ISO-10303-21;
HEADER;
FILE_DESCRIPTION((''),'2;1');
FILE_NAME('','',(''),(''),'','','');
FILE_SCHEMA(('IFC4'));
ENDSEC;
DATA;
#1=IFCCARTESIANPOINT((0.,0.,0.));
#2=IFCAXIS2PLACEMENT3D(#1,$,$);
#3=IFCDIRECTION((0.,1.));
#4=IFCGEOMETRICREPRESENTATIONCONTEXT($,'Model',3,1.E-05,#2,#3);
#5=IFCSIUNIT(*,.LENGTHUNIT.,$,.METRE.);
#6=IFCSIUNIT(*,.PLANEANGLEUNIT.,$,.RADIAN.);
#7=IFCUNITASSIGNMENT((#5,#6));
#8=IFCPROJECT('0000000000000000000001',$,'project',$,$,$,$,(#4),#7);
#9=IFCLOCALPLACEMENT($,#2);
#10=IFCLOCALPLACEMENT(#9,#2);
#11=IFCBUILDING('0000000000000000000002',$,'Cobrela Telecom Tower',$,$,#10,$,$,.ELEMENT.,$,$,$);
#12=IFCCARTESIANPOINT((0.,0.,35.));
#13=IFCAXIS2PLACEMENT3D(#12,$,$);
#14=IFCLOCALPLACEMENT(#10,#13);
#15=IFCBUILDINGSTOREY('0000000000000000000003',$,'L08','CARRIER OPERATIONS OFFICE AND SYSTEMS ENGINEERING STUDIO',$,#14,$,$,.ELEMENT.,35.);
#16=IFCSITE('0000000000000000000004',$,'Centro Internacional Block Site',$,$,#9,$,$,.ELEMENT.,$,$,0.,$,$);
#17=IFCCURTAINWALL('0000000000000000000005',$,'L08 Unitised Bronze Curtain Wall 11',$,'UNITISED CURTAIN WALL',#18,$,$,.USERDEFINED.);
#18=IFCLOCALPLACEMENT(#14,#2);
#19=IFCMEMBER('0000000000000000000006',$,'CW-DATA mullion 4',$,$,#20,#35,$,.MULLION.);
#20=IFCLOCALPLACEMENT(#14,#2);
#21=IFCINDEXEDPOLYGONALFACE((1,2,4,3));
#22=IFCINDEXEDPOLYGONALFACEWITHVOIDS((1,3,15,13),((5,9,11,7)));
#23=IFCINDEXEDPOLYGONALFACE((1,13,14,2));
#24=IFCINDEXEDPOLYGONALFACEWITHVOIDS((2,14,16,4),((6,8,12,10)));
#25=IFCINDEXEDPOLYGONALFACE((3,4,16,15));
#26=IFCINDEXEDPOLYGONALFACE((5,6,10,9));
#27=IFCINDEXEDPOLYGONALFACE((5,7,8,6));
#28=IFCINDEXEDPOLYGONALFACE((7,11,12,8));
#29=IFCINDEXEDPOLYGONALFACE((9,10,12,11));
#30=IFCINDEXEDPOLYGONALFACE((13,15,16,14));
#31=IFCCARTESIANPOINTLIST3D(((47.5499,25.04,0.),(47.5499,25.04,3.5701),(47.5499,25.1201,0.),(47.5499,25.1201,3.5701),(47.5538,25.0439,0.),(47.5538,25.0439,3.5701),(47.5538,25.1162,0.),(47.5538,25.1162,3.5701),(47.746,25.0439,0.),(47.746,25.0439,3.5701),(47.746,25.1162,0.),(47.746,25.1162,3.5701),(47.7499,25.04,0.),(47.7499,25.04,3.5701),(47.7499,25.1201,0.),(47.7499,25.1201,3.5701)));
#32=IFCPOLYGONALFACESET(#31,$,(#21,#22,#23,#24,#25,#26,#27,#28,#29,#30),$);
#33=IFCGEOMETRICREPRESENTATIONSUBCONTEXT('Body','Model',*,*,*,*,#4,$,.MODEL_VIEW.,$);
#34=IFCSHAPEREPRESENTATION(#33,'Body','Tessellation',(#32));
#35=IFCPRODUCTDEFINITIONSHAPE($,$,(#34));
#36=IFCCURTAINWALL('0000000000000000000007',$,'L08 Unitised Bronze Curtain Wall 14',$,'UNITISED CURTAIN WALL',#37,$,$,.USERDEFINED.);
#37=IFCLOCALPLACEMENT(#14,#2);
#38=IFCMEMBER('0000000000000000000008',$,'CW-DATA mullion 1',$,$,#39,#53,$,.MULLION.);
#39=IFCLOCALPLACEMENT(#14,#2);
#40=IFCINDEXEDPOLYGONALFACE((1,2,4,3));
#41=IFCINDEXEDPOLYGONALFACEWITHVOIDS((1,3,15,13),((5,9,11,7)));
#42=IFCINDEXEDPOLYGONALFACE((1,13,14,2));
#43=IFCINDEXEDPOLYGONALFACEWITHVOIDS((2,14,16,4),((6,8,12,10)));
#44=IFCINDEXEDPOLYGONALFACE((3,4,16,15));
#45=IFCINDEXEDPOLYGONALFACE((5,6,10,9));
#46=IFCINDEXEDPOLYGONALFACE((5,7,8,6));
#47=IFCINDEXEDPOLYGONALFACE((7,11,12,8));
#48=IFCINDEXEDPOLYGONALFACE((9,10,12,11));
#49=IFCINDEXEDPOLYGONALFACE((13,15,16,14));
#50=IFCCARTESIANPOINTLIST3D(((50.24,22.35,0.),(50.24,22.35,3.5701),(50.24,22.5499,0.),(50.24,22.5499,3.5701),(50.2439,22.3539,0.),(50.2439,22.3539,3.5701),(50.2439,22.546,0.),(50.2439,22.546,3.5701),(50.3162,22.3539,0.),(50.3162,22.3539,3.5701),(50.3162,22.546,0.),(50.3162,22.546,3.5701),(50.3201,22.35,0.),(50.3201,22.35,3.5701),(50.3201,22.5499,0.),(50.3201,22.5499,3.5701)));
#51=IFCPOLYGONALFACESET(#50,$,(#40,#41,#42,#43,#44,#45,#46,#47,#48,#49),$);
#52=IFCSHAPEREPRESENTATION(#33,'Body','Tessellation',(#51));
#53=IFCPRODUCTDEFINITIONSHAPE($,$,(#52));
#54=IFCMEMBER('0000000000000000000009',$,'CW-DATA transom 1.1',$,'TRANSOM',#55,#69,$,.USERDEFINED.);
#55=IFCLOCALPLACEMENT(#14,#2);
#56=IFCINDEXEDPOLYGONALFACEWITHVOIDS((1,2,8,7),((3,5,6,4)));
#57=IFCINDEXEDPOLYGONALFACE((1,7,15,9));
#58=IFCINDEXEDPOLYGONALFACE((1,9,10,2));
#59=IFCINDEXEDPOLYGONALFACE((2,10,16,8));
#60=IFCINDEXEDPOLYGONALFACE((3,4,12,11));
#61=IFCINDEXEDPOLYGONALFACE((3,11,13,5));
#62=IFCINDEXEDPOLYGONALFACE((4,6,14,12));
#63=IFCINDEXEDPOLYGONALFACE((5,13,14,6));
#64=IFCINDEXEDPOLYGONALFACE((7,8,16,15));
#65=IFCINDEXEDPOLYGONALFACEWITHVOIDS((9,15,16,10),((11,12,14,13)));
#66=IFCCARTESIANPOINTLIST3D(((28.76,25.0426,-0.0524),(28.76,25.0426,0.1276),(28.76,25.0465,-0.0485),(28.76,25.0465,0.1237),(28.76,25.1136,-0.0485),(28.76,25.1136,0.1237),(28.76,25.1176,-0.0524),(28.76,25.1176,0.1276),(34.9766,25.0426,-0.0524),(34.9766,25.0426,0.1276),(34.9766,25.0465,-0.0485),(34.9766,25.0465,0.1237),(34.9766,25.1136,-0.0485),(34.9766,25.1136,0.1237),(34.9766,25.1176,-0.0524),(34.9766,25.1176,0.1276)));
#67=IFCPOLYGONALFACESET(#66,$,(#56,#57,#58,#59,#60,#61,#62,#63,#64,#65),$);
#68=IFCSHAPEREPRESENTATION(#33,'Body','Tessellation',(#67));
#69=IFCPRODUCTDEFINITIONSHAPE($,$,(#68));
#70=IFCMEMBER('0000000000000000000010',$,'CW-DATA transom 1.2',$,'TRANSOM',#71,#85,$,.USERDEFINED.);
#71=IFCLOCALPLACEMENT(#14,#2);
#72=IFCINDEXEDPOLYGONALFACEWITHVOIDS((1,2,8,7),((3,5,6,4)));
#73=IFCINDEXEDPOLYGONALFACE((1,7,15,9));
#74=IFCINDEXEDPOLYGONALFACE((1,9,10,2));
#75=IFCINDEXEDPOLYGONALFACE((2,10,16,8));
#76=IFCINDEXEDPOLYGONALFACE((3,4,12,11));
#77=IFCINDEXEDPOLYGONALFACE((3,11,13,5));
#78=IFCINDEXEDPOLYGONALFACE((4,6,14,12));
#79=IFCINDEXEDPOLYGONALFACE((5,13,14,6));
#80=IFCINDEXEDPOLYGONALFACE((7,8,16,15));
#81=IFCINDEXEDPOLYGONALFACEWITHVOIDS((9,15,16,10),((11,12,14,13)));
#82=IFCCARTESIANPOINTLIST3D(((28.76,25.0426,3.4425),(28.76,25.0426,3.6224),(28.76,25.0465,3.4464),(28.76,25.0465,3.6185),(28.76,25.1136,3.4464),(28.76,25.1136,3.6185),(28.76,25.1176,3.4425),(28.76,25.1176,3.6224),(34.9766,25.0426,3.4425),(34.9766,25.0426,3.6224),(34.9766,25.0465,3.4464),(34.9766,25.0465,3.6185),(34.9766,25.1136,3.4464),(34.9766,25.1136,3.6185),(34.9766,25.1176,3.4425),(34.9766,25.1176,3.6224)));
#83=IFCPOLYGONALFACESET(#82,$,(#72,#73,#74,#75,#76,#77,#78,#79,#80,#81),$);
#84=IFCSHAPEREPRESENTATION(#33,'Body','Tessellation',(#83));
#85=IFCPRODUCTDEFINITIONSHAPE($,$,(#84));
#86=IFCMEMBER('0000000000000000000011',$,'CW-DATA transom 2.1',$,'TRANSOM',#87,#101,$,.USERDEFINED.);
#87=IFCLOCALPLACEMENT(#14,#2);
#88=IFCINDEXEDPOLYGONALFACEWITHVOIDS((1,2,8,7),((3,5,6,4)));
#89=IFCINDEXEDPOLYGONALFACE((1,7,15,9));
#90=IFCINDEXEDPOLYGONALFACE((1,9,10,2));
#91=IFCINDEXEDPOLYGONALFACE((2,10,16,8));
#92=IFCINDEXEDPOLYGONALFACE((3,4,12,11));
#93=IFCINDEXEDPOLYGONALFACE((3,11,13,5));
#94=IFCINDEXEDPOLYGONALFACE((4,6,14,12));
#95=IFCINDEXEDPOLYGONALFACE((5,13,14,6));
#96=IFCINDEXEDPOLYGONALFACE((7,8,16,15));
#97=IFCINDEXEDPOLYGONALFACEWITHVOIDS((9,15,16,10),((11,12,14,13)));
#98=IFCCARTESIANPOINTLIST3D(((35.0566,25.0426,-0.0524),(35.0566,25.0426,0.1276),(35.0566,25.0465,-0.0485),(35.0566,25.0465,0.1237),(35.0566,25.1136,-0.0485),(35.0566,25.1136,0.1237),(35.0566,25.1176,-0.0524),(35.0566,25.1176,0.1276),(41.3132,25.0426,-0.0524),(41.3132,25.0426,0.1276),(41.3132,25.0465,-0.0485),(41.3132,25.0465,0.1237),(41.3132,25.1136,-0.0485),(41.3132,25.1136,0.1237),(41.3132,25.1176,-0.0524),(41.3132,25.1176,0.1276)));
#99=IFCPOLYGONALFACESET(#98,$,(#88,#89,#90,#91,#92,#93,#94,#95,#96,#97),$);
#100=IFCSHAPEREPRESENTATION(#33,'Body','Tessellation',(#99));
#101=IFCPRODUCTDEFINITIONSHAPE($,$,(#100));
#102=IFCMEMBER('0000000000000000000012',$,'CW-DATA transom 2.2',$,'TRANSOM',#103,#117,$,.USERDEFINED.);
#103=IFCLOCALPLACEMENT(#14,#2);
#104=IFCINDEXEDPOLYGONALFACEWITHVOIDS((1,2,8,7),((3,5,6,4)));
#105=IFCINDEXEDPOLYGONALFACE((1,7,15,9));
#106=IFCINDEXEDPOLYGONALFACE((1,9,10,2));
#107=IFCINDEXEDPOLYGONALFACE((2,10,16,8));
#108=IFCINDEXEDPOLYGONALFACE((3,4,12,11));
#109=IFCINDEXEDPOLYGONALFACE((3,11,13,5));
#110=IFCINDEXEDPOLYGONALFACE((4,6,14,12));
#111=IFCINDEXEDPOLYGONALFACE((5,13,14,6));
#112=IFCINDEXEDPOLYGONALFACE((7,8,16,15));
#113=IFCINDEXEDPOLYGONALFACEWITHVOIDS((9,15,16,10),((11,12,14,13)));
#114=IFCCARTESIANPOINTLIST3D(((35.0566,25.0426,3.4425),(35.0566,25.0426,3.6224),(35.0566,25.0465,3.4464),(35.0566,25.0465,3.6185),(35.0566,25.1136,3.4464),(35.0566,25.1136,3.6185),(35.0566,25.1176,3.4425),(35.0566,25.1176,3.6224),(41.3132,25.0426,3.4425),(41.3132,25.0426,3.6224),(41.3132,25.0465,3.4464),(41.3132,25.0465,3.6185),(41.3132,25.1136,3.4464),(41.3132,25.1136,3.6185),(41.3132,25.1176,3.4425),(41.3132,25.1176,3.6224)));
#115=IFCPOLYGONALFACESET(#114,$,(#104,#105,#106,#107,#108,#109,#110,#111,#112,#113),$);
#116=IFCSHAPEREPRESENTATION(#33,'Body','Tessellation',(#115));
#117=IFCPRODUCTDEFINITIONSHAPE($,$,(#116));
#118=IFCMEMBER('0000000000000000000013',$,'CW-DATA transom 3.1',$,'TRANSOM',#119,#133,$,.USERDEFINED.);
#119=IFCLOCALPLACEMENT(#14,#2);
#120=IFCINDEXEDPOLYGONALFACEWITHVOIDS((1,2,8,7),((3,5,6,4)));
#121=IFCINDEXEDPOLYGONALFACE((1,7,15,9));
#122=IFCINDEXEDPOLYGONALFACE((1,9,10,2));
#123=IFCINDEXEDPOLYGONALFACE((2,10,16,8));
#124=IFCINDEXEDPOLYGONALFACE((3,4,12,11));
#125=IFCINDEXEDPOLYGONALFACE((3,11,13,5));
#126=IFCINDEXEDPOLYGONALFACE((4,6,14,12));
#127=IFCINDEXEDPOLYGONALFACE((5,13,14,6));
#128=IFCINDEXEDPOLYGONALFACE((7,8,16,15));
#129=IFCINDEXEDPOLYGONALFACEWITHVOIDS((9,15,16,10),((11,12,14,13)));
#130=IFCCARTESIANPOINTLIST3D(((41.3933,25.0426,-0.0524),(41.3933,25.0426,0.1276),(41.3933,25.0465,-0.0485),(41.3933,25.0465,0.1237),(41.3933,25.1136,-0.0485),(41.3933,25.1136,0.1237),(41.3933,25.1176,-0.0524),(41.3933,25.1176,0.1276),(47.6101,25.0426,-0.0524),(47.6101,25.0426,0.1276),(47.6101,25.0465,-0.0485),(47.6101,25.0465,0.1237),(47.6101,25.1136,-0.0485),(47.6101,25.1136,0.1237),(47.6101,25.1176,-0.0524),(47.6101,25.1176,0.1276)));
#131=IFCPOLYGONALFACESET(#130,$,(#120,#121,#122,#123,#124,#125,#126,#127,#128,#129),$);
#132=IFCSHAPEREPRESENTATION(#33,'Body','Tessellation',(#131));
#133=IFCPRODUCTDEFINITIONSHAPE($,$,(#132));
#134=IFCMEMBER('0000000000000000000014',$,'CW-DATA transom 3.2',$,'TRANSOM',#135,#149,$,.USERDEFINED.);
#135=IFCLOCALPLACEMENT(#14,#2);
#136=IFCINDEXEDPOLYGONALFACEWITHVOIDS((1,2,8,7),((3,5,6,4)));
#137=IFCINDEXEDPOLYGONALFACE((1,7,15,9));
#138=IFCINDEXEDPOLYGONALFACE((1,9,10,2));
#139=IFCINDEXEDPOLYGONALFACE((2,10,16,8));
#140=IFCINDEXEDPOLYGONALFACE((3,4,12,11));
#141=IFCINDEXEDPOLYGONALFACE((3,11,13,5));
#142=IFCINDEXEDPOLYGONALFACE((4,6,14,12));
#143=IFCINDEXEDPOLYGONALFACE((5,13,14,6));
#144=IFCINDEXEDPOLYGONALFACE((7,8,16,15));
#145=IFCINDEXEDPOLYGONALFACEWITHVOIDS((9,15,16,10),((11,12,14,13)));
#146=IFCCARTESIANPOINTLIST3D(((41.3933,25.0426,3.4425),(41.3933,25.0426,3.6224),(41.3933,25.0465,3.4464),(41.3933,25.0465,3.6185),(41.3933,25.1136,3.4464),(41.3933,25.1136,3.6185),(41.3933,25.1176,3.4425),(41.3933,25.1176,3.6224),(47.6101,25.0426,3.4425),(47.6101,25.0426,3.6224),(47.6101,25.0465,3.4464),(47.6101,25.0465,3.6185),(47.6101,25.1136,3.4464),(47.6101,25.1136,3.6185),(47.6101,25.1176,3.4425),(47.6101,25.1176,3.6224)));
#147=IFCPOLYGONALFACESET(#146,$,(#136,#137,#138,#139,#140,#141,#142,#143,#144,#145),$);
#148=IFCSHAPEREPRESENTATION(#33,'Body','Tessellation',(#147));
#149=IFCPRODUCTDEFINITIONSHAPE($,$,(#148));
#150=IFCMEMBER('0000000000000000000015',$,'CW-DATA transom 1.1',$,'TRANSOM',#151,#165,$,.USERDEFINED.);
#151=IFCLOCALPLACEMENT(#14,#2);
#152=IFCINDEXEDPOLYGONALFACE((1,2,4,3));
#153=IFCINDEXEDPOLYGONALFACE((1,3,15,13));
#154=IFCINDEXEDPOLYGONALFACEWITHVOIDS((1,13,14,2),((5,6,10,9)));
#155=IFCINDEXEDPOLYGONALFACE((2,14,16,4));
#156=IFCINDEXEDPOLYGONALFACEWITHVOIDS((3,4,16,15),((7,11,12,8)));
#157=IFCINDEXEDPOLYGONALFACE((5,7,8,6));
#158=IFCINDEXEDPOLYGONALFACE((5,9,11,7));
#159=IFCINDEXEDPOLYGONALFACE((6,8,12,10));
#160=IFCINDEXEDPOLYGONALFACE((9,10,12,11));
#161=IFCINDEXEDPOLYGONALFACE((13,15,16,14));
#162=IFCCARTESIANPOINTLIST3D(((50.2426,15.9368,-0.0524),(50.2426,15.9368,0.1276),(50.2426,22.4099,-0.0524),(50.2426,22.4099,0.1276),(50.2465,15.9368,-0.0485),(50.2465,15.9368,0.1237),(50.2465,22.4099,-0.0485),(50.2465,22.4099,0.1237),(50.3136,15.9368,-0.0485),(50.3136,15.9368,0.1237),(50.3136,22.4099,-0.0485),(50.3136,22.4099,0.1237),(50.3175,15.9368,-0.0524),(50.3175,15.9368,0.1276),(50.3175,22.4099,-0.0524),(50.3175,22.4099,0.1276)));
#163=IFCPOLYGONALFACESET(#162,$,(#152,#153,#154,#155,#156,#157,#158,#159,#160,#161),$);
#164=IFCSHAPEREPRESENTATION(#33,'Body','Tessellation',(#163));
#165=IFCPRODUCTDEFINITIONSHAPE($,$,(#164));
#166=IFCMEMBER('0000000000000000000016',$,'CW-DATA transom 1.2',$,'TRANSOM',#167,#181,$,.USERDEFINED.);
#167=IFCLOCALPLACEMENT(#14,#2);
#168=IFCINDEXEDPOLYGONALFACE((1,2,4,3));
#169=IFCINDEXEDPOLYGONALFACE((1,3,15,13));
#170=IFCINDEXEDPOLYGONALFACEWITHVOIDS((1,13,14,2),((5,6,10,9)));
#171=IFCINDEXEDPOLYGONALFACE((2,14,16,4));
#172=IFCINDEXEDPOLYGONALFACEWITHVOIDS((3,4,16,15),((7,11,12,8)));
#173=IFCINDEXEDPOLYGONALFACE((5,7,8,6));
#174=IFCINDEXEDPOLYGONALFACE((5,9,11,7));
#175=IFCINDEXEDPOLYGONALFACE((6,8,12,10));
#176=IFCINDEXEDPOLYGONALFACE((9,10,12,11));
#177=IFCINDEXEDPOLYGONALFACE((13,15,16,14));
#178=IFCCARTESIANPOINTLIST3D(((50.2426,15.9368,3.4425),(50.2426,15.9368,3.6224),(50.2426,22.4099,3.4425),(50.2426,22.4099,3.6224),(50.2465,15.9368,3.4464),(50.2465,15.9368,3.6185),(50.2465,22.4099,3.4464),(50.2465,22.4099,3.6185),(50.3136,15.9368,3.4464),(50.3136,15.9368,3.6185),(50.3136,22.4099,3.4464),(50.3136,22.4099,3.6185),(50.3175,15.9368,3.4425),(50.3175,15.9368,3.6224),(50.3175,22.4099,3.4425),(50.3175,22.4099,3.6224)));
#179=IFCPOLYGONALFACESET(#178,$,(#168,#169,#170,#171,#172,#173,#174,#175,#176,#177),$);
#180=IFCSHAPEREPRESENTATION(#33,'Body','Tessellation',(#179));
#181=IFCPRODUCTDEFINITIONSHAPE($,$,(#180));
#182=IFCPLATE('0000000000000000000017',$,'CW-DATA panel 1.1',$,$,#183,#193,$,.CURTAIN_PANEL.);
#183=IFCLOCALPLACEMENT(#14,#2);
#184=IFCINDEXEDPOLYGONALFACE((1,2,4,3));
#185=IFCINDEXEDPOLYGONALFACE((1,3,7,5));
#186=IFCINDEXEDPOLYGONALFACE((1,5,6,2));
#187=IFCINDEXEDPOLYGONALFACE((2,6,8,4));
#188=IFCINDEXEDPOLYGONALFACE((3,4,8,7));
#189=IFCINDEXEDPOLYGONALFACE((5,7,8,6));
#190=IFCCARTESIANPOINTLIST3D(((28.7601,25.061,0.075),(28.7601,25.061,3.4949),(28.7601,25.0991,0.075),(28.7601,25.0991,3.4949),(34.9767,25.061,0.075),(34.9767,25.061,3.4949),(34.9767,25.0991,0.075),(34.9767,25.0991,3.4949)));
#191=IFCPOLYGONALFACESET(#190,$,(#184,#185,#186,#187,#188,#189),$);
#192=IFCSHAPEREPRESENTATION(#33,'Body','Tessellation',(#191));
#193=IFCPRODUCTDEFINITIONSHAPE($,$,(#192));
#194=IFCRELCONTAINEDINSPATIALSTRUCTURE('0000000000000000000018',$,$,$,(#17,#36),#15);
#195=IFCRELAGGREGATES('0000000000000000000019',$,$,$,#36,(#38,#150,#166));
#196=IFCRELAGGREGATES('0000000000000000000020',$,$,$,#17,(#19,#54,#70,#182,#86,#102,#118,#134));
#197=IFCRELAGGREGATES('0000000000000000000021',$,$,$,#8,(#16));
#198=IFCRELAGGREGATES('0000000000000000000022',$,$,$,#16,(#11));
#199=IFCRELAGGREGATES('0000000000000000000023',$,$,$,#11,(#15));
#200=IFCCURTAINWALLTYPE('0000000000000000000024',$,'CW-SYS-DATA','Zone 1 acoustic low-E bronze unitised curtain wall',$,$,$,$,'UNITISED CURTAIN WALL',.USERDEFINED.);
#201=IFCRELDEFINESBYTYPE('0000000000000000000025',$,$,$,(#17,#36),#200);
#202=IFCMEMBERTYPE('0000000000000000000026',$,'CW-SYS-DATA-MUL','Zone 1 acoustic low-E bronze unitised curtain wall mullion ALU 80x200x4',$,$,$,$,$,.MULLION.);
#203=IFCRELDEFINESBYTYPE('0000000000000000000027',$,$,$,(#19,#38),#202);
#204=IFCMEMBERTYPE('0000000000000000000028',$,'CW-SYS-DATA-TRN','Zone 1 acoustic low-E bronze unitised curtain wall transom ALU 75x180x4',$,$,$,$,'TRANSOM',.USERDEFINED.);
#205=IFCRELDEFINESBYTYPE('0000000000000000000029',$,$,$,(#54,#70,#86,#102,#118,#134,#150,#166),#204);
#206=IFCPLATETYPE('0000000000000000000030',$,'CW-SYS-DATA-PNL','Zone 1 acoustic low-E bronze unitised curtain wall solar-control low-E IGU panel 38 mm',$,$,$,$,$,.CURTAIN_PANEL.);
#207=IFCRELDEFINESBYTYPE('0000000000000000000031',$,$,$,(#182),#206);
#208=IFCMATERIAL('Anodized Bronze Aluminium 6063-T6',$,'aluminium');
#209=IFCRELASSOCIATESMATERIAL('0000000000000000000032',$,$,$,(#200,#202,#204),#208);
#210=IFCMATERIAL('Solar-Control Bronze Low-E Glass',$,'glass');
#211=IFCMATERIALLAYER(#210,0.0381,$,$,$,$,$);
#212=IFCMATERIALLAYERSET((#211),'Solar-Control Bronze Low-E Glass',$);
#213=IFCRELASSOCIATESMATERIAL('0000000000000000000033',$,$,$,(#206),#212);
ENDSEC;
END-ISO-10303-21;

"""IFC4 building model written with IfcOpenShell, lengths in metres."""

from ifc_helpers import new_model, si_unit, direction, frame, origin, origin_2d, place, context, subcontext, project, spatial, rectangle, hollow_rectangle, extrude, material, layer, layer_set, material_profile, profile_set, type_object, element, aggregate, save


model = new_model("IFC4")

# Units and contexts
model_context = context("Model", 3, precision=1e-05, world=origin(), true_north=direction((0.0, 1.0)))
body_context = subcontext(model_context, "Body", "Model", "MODEL_VIEW")
ifc_project = project(units=[si_unit("LENGTHUNIT", "METRE"), si_unit("PLANEANGLEUNIT", "RADIAN")], contexts=[model_context])

# Site, building, storey
site_placement = place(None, origin())
site = spatial("IfcSite", under=ifc_project, at=site_placement, Name="Centro Internacional Block Site", CompositionType="ELEMENT", RefElevation=0.0)
building_placement = place(site_placement, origin())
building = spatial("IfcBuilding", under=site, at=building_placement, Name="Cobrela Telecom Tower", CompositionType="ELEMENT")
storey_placement = place(building_placement, frame((0.0, 0.0, 35.0)))
storey = spatial("IfcBuildingStorey", under=building, at=storey_placement, Name="L08", Description="CARRIER OPERATIONS OFFICE AND SYSTEMS ENGINEERING STUDIO", CompositionType="ELEMENT", Elevation=35.0)

# Shared definitions
ifc_material_1 = material(Name="Anodized Bronze Aluminium 6063-T6", Category="aluminium")
curtain_wall_type = type_object("IfcCurtainWallType", Name="CW-SYS-DATA", Description="Zone 1 acoustic low-E bronze unitised curtain wall", ElementType="UNITISED CURTAIN WALL", PredefinedType="USERDEFINED", material=ifc_material_1)
ifc_material_profile_1 = material_profile(ifc_material_1, hollow_rectangle(XDim=0.0801, YDim=0.2, WallThickness=0.0039, at=origin_2d()), Name="ALU 80x200x4")
ifc_profile_set_1 = profile_set([ifc_material_profile_1], Name="Anodized Bronze Aluminium 6063-T6")
member_type_1 = type_object("IfcMemberType", Name="CW-SYS-DATA-MUL", Description="Zone 1 acoustic low-E bronze unitised curtain wall mullion ALU 80x200x4", PredefinedType="MULLION", material=ifc_profile_set_1)

# Curtain wall, member
curtain_wall_1_placement = place(storey_placement, origin())
curtain_wall_1 = element("IfcCurtainWall", 1, at=curtain_wall_1_placement, inside=storey, type_object=curtain_wall_type, Name="L08 Unitised Bronze Curtain Wall 11", ObjectType="UNITISED CURTAIN WALL", PredefinedType="USERDEFINED")
member_1_placement = place(storey_placement, frame((47.6499, 25.0801, 0.0), z_axis=(0.0, 0.0, 1.0), x_axis=(0.0, 1.0, 0.0)))
member_1 = element("IfcMember", 2, at=member_1_placement, type_object=member_type_1, Name="CW-DATA mullion 4", PredefinedType="MULLION", context=body_context, shape_type="SweptSolid", body=[
    extrude(hollow_rectangle(XDim=0.0801, YDim=0.2, WallThickness=0.0039, at=origin_2d()), origin(), (0.0, 0.0, 1.0), 3.5701),
])

# Curtain wall, member
curtain_wall_2_placement = place(storey_placement, origin())
curtain_wall_2 = element("IfcCurtainWall", 3, at=curtain_wall_2_placement, inside=storey, type_object=curtain_wall_type, Name="L08 Unitised Bronze Curtain Wall 14", ObjectType="UNITISED CURTAIN WALL", PredefinedType="USERDEFINED")
member_2_placement = place(storey_placement, frame((50.28, 22.45, 0.0), z_axis=(0.0, 0.0, 1.0), x_axis=(1.0, 0.0, 0.0)))
member_2 = element("IfcMember", 4, at=member_2_placement, type_object=member_type_1, Name="CW-DATA mullion 1", PredefinedType="MULLION", context=body_context, shape_type="SweptSolid", body=[
    extrude(hollow_rectangle(XDim=0.0801, YDim=0.2, WallThickness=0.0039, at=origin_2d()), origin(), (0.0, 0.0, 1.0), 3.5701),
])

# Members
ifc_material_profile_2 = material_profile(ifc_material_1, hollow_rectangle(XDim=0.075, YDim=0.1799, WallThickness=0.0039, at=origin_2d()), Name="ALU 75x180x4")
ifc_profile_set_2 = profile_set([ifc_material_profile_2], Name="Anodized Bronze Aluminium 6063-T6")
member_type_2 = type_object("IfcMemberType", Name="CW-SYS-DATA-TRN", Description="Zone 1 acoustic low-E bronze unitised curtain wall transom ALU 75x180x4", ElementType="TRANSOM", PredefinedType="USERDEFINED", material=ifc_profile_set_2)
member_3_placement = place(storey_placement, frame((28.76, 25.0801, 0.0376), z_axis=(1.0, 0.0, 0.0), x_axis=(0.0, 1.0, 0.0)))
member_3 = element("IfcMember", 5, at=member_3_placement, type_object=member_type_2, Name="CW-DATA transom 1.1", ObjectType="TRANSOM", PredefinedType="USERDEFINED", context=body_context, shape_type="SweptSolid", body=[
    extrude(hollow_rectangle(XDim=0.075, YDim=0.1799, WallThickness=0.0039, at=origin_2d()), origin(), (0.0, 0.0, 1.0), 6.2166),
])
member_4_placement = place(storey_placement, frame((28.76, 25.0801, 3.5325), z_axis=(1.0, 0.0, 0.0), x_axis=(0.0, 1.0, 0.0)))
member_4 = element("IfcMember", 6, at=member_4_placement, type_object=member_type_2, Name="CW-DATA transom 1.2", ObjectType="TRANSOM", PredefinedType="USERDEFINED", context=body_context, shape_type="SweptSolid", body=[
    extrude(hollow_rectangle(XDim=0.075, YDim=0.1799, WallThickness=0.0039, at=origin_2d()), origin(), (0.0, 0.0, 1.0), 6.2166),
])
member_5_placement = place(storey_placement, frame((35.0566, 25.0801, 0.0376), z_axis=(1.0, 0.0, 0.0), x_axis=(0.0, 1.0, 0.0)))
member_5 = element("IfcMember", 7, at=member_5_placement, type_object=member_type_2, Name="CW-DATA transom 2.1", ObjectType="TRANSOM", PredefinedType="USERDEFINED", context=body_context, shape_type="SweptSolid", body=[
    extrude(hollow_rectangle(XDim=0.075, YDim=0.1799, WallThickness=0.0039, at=origin_2d()), origin(), (0.0, 0.0, 1.0), 6.2566),
])
member_6_placement = place(storey_placement, frame((35.0566, 25.0801, 3.5325), z_axis=(1.0, 0.0, 0.0), x_axis=(0.0, 1.0, 0.0)))
member_6 = element("IfcMember", 8, at=member_6_placement, type_object=member_type_2, Name="CW-DATA transom 2.2", ObjectType="TRANSOM", PredefinedType="USERDEFINED", context=body_context, shape_type="SweptSolid", body=[
    extrude(hollow_rectangle(XDim=0.075, YDim=0.1799, WallThickness=0.0039, at=origin_2d()), origin(), (0.0, 0.0, 1.0), 6.2566),
])
member_7_placement = place(storey_placement, frame((41.3933, 25.0801, 0.0376), z_axis=(1.0, 0.0, 0.0), x_axis=(0.0, 1.0, 0.0)))
member_7 = element("IfcMember", 9, at=member_7_placement, type_object=member_type_2, Name="CW-DATA transom 3.1", ObjectType="TRANSOM", PredefinedType="USERDEFINED", context=body_context, shape_type="SweptSolid", body=[
    extrude(hollow_rectangle(XDim=0.075, YDim=0.1799, WallThickness=0.0039, at=origin_2d()), origin(), (0.0, 0.0, 1.0), 6.2168),
])
member_8_placement = place(storey_placement, frame((41.3933, 25.0801, 3.5325), z_axis=(1.0, 0.0, 0.0), x_axis=(0.0, 1.0, 0.0)))
member_8 = element("IfcMember", 10, at=member_8_placement, type_object=member_type_2, Name="CW-DATA transom 3.2", ObjectType="TRANSOM", PredefinedType="USERDEFINED", context=body_context, shape_type="SweptSolid", body=[
    extrude(hollow_rectangle(XDim=0.075, YDim=0.1799, WallThickness=0.0039, at=origin_2d()), origin(), (0.0, 0.0, 1.0), 6.2168),
])
member_9_placement = place(storey_placement, frame((50.28, 22.4099, 0.0376), z_axis=(0.0, -1.0, 0.0), x_axis=(1.0, 0.0, 0.0)))
member_9 = element("IfcMember", 11, at=member_9_placement, type_object=member_type_2, Name="CW-DATA transom 1.1", ObjectType="TRANSOM", PredefinedType="USERDEFINED", context=body_context, shape_type="SweptSolid", body=[
    extrude(hollow_rectangle(XDim=0.075, YDim=0.1799, WallThickness=0.0039, at=origin_2d()), origin(), (0.0, 0.0, 1.0), 6.4731),
])
member_10_placement = place(storey_placement, frame((50.28, 22.4099, 3.5325), z_axis=(0.0, -1.0, 0.0), x_axis=(1.0, 0.0, 0.0)))
member_10 = element("IfcMember", 12, at=member_10_placement, type_object=member_type_2, Name="CW-DATA transom 1.2", ObjectType="TRANSOM", PredefinedType="USERDEFINED", context=body_context, shape_type="SweptSolid", body=[
    extrude(hollow_rectangle(XDim=0.075, YDim=0.1799, WallThickness=0.0039, at=origin_2d()), origin(), (0.0, 0.0, 1.0), 6.4731),
])
aggregate(curtain_wall_2, [member_2, member_9, member_10])

# Plate
ifc_material_2 = material(Name="Solar-Control Bronze Low-E Glass", Category="glass")
ifc_layer_1 = layer(ifc_material_2, 0.0381)
ifc_layer_set_1 = layer_set([ifc_layer_1], Name="Solar-Control Bronze Low-E Glass")
plate_type = type_object("IfcPlateType", Name="CW-SYS-DATA-PNL", Description="Zone 1 acoustic low-E bronze unitised curtain wall solar-control low-E IGU panel 38 mm", PredefinedType="CURTAIN_PANEL", material=ifc_layer_set_1)
plate_1_placement = place(storey_placement, frame((31.8684, 25.0801, 0.075), z_axis=(0.0, 0.0, 1.0), x_axis=(1.0, 0.0, 0.0)))
plate_1 = element("IfcPlate", 13, at=plate_1_placement, type_object=plate_type, Name="CW-DATA panel 1.1", PredefinedType="CURTAIN_PANEL", context=body_context, shape_type="SweptSolid", body=[
    extrude(rectangle(XDim=6.2166, YDim=0.0381, at=origin_2d()), origin(), (0.0, 0.0, 1.0), 3.4199),
])
aggregate(curtain_wall_1, [member_1, member_3, member_4, plate_1, member_5, member_6, member_7, member_8])

save(model, "model.ifc")
